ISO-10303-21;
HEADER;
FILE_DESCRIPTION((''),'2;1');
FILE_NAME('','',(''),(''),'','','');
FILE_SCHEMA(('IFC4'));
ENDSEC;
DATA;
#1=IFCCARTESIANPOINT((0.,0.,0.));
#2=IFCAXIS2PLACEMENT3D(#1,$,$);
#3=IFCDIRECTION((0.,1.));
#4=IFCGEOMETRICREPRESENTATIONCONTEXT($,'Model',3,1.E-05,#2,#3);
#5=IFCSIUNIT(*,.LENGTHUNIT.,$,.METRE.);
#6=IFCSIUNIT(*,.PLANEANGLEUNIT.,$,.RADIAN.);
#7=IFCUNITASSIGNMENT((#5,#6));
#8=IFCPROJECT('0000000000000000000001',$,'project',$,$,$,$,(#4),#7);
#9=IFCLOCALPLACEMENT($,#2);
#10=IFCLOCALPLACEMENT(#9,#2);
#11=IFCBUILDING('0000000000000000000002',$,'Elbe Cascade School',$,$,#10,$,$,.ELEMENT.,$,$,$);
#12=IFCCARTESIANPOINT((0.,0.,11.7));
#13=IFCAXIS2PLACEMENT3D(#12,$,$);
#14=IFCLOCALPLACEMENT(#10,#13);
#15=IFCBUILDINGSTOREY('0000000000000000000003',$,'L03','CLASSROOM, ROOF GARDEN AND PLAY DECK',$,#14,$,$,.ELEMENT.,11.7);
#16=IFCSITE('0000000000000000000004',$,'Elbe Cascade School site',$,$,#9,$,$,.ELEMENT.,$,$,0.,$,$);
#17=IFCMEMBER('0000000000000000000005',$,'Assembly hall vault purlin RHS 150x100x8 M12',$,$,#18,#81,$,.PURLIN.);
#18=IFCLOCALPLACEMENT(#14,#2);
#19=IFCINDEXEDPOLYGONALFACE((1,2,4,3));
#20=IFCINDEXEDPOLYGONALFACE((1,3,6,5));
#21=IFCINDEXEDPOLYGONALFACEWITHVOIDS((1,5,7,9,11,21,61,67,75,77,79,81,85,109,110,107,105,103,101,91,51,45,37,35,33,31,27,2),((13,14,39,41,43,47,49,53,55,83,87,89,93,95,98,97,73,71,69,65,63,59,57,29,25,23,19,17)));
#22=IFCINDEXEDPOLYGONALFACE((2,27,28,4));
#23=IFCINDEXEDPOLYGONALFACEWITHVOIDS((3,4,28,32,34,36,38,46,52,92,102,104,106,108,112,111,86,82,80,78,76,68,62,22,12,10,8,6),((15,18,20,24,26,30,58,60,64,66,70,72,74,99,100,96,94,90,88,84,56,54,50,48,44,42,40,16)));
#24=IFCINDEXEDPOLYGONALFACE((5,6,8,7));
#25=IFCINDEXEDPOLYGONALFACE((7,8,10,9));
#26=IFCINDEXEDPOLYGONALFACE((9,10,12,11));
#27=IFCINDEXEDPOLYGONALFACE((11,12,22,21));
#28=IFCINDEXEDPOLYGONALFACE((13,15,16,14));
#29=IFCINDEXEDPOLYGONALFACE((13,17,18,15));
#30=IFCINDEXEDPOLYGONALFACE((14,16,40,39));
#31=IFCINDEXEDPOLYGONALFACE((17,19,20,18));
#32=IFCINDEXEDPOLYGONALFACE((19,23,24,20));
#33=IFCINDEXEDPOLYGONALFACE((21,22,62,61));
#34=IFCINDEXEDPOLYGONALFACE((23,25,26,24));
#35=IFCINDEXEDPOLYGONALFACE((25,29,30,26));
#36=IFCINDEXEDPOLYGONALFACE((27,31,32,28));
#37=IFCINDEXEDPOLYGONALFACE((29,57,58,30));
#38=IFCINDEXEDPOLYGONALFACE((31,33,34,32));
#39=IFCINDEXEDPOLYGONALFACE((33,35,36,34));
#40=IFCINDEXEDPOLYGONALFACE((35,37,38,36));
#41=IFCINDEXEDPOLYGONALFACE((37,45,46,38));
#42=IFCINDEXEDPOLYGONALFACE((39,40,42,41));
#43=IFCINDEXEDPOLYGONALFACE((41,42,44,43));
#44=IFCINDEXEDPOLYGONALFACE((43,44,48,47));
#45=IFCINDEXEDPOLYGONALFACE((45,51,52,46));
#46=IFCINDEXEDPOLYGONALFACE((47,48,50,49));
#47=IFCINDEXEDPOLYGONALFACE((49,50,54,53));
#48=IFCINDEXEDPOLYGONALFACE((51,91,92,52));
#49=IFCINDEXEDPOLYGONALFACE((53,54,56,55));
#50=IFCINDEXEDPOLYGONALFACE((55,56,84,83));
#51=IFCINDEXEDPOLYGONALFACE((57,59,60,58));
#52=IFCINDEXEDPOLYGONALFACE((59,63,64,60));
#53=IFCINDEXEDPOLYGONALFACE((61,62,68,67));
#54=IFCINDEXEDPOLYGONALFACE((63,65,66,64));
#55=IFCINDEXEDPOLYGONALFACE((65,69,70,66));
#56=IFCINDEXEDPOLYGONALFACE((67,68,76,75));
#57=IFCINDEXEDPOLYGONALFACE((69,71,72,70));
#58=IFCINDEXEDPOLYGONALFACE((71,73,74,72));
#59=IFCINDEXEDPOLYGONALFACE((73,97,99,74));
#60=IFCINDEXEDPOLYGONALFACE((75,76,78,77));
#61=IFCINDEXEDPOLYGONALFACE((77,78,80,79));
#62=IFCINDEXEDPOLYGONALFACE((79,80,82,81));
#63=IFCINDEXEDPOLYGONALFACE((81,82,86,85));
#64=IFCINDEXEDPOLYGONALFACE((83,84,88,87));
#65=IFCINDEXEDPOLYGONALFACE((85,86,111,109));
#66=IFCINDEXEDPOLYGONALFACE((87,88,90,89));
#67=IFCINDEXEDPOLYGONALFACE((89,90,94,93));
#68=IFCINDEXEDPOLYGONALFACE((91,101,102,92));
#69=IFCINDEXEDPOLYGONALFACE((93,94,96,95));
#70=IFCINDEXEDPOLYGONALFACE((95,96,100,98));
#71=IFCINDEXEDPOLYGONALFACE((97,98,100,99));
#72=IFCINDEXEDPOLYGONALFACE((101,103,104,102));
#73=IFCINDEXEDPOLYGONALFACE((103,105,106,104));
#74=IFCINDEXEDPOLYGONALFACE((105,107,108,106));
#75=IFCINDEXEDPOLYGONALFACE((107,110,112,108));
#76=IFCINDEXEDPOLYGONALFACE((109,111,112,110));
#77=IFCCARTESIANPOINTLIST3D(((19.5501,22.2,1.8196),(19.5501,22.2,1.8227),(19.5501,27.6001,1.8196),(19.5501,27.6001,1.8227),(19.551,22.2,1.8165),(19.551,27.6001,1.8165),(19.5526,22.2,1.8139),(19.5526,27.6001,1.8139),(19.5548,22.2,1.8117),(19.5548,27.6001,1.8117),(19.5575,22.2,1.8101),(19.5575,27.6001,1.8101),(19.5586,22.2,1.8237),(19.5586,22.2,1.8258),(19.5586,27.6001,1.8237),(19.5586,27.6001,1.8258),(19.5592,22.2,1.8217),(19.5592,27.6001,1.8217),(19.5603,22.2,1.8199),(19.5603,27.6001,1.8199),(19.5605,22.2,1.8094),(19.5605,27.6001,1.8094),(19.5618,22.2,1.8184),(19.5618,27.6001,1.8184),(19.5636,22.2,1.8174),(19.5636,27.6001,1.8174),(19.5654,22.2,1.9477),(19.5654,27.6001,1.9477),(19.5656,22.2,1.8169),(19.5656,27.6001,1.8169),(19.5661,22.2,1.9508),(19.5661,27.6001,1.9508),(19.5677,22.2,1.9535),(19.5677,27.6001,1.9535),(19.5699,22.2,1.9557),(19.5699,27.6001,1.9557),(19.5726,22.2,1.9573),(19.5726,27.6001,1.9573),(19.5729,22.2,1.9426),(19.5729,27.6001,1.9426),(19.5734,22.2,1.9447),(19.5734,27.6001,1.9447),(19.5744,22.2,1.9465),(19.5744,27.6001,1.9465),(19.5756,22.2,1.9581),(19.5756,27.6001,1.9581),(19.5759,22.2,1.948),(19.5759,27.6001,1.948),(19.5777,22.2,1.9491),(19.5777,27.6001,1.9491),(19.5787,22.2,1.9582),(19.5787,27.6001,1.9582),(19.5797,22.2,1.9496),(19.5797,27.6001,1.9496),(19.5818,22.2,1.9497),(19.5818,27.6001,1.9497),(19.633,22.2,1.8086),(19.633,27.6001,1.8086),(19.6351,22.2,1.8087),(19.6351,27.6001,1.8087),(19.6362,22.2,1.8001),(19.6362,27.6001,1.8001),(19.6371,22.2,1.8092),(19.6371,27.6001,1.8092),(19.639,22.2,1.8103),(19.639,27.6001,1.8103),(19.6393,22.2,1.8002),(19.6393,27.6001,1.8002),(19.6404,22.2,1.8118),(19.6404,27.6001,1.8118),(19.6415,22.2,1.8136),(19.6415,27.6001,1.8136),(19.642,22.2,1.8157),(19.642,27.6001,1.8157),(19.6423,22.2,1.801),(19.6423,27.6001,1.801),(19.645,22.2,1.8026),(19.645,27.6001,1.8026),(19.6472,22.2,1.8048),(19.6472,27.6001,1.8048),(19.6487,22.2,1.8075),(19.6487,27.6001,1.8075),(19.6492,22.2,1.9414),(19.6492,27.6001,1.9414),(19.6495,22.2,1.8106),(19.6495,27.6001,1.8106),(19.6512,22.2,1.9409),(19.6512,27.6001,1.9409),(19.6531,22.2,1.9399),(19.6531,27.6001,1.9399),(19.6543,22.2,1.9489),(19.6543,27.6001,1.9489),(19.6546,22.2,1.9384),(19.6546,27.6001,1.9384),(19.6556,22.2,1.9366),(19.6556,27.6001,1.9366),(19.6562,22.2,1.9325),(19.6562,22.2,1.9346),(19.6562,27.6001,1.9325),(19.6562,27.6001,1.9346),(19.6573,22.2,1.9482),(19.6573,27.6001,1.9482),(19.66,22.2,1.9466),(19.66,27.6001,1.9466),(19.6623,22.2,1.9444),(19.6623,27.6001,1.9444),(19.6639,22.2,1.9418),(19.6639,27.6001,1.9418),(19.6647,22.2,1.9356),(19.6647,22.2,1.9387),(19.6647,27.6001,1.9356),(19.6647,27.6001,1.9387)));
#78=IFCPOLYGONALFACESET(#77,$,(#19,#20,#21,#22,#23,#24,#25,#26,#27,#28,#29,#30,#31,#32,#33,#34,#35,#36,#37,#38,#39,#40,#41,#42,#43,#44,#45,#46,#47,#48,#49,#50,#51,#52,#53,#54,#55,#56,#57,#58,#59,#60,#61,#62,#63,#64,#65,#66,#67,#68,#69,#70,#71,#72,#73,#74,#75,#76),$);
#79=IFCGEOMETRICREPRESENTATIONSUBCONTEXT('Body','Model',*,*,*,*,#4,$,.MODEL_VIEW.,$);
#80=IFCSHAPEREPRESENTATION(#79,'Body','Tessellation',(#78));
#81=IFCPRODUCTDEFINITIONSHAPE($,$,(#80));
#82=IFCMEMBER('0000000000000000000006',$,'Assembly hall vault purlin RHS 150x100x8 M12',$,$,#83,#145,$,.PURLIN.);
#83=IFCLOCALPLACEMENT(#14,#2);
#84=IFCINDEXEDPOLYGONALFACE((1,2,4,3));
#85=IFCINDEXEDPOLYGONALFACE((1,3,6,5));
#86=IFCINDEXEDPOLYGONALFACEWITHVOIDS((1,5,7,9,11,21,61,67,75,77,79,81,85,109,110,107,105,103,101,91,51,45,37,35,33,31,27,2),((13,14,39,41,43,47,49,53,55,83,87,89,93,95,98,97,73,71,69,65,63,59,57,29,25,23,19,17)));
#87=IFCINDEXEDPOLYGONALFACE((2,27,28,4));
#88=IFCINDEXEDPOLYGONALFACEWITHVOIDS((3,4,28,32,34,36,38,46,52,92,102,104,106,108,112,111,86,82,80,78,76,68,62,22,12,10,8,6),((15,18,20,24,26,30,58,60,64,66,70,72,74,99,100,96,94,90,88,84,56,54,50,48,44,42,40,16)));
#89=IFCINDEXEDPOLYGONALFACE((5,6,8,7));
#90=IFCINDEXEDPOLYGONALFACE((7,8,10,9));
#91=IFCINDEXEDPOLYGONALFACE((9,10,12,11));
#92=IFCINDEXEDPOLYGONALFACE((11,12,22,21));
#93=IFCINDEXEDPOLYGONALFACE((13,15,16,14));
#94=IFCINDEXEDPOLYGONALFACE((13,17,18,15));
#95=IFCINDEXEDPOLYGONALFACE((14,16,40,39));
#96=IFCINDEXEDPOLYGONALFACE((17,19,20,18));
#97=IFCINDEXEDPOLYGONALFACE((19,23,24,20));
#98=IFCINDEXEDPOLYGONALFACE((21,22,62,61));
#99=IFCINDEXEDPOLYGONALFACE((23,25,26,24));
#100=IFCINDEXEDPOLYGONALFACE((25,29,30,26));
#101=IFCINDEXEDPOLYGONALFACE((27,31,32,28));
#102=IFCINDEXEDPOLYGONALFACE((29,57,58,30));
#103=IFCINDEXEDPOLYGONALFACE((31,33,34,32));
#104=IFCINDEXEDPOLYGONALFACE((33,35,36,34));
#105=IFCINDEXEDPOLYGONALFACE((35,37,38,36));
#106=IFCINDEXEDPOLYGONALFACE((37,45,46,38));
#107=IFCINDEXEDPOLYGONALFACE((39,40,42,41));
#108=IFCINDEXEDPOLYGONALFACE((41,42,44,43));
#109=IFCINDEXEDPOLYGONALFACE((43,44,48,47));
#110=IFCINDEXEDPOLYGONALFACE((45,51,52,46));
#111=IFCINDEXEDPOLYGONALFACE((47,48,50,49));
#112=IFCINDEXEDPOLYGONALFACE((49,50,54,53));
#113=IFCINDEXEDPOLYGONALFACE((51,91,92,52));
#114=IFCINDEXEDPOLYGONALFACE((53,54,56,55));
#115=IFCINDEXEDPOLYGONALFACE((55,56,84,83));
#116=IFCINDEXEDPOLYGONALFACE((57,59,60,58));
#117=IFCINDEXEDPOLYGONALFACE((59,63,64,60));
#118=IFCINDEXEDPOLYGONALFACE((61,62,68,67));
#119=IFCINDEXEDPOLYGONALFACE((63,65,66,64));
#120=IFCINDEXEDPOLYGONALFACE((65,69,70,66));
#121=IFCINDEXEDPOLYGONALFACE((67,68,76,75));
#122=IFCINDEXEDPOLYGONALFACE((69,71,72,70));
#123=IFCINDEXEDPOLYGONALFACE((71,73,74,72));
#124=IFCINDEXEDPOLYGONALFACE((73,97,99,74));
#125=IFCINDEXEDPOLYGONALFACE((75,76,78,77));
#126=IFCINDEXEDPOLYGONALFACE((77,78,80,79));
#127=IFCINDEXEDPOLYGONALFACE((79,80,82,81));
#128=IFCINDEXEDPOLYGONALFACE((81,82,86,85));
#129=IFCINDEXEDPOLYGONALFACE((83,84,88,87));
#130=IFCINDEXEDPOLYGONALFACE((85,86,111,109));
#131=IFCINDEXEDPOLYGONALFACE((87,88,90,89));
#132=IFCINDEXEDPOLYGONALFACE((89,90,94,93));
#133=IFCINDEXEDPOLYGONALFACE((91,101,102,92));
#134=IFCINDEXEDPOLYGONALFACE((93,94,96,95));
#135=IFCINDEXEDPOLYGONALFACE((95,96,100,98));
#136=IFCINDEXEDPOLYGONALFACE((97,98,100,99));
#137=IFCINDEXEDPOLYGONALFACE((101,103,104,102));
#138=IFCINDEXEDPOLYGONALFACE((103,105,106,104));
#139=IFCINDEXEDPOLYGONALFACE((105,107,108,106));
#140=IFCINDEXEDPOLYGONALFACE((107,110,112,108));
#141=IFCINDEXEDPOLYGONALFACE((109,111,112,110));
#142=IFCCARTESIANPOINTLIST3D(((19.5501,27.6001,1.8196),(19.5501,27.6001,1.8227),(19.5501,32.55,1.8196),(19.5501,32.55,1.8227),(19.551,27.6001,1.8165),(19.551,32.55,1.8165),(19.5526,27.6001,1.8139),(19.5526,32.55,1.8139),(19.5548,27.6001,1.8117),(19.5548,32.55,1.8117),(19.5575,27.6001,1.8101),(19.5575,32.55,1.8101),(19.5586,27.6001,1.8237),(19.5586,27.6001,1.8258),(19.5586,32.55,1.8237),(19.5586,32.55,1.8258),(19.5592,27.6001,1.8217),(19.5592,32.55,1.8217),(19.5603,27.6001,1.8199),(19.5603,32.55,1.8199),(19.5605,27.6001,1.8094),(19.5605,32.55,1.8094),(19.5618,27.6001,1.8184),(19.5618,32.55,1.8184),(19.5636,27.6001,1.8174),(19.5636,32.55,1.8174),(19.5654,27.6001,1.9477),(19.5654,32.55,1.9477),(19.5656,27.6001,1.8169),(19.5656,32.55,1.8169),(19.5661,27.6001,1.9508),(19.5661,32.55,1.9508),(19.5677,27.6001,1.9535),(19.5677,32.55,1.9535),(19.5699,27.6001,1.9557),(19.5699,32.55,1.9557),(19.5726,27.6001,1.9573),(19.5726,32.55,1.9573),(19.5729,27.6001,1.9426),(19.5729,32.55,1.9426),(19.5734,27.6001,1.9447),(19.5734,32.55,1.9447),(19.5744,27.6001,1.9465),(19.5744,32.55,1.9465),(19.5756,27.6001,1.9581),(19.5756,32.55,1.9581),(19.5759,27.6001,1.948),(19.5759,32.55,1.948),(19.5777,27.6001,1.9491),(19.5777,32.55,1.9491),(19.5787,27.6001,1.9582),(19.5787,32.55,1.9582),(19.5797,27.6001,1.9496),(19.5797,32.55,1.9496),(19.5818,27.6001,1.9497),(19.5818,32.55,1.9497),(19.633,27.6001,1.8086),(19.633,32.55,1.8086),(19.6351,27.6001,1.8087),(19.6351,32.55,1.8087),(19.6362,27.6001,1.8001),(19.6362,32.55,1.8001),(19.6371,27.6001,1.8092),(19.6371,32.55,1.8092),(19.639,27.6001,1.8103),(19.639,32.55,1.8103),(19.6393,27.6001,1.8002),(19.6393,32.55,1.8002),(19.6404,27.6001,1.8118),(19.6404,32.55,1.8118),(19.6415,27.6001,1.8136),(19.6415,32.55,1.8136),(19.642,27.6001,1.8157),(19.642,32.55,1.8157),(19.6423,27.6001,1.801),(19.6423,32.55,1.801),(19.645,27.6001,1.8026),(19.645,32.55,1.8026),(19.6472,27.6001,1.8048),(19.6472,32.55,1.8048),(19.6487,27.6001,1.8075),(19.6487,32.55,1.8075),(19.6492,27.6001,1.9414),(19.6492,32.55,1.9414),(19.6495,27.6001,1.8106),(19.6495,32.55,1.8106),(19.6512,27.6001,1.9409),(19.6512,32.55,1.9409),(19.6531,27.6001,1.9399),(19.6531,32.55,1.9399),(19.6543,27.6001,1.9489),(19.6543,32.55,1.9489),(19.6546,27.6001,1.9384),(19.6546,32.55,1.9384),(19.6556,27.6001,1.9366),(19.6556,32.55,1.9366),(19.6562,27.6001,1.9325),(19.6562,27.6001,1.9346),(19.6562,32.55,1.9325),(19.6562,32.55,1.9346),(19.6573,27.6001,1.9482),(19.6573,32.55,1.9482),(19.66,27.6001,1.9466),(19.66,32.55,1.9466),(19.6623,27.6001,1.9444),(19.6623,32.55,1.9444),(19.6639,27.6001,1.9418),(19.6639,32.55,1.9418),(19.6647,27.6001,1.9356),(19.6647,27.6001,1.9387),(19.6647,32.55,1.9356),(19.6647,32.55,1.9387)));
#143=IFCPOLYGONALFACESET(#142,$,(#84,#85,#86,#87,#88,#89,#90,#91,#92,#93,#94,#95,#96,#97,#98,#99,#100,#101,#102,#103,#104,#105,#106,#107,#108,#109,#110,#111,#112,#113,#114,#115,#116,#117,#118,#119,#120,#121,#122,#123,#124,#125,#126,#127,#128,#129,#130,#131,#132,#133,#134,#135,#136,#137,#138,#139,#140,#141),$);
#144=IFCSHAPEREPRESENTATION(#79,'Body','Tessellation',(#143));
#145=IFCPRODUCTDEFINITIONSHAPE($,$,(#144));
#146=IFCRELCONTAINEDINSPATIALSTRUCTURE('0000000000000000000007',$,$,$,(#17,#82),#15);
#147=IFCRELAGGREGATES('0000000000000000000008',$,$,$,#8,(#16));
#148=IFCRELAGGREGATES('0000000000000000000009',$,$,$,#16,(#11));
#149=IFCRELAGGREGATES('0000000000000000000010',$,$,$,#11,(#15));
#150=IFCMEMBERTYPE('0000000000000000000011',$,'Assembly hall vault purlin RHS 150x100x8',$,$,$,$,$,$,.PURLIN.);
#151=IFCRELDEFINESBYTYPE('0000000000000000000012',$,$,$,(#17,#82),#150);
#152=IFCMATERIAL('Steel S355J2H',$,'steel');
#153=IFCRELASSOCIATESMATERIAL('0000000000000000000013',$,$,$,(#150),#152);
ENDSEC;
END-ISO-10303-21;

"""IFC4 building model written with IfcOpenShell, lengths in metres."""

from ifc_helpers import new_model, si_unit, direction, frame, origin, origin_2d, place, context, subcontext, project, spatial, hollow_rectangle, extrude, material, material_profile, profile_set, type_object, element, save


model = new_model("IFC4")

# Units and contexts
model_context = context("Model", 3, precision=1e-05, world=origin(), true_north=direction((0.0, 1.0)))
body_context = subcontext(model_context, "Body", "Model", "MODEL_VIEW")
ifc_project = project(units=[si_unit("LENGTHUNIT", "METRE"), si_unit("PLANEANGLEUNIT", "RADIAN")], contexts=[model_context])

# Site, building, storey
site_placement = place(None, origin())
site = spatial("IfcSite", under=ifc_project, at=site_placement, Name="Elbe Cascade School site", CompositionType="ELEMENT", RefElevation=0.0)
building_placement = place(site_placement, origin())
building = spatial("IfcBuilding", under=site, at=building_placement, Name="Elbe Cascade School", CompositionType="ELEMENT")
storey_placement = place(building_placement, frame((0.0, 0.0, 11.7)))
storey = spatial("IfcBuildingStorey", under=building, at=storey_placement, Name="L03", Description="CLASSROOM, ROOF GARDEN AND PLAY DECK", CompositionType="ELEMENT", Elevation=11.7)

# Members
ifc_material_1 = material(Name="Steel S355J2H", Category="steel")
ifc_material_profile_1 = material_profile(ifc_material_1, hollow_rectangle(XDim=0.1001, YDim=0.1499, WallThickness=0.0081, InnerFilletRadius=0.0081, OuterFilletRadius=0.012, at=origin_2d()), Name="RHS 150x100x8")
ifc_profile_set_1 = profile_set([ifc_material_profile_1], Name="Steel S355J2H")
member_type_1 = type_object("IfcMemberType", Name="Assembly hall vault purlin RHS 150x100x8", PredefinedType="PURLIN", material=ifc_profile_set_1)
member_1_placement = place(storey_placement, frame((19.6074, 22.2, 1.8792), z_axis=(0.0, 1.0, 0.0), x_axis=(-0.992653, 0.0, 0.120994)))
element("IfcMember", 1, at=member_1_placement, inside=storey, type_object=member_type_1, Name="Assembly hall vault purlin RHS 150x100x8 M12", PredefinedType="PURLIN", context=body_context, shape_type="SweptSolid", body=[
    extrude(hollow_rectangle(XDim=0.1001, YDim=0.1499, WallThickness=0.0081, InnerFilletRadius=0.0081, OuterFilletRadius=0.012, at=origin_2d()), origin(), (0.0, 0.0, 1.0), 5.4001),
])
member_2_placement = place(storey_placement, frame((19.6074, 27.6001, 1.8792), z_axis=(0.0, 1.0, 0.0), x_axis=(-0.992653, 0.0, 0.120994)))
element("IfcMember", 2, at=member_2_placement, inside=storey, type_object=member_type_1, Name="Assembly hall vault purlin RHS 150x100x8 M12", PredefinedType="PURLIN", context=body_context, shape_type="SweptSolid", body=[
    extrude(hollow_rectangle(XDim=0.1001, YDim=0.1499, WallThickness=0.0081, InnerFilletRadius=0.0081, OuterFilletRadius=0.012, at=origin_2d()), origin(), (0.0, 0.0, 1.0), 4.95),
])

save(model, "model.ifc")
